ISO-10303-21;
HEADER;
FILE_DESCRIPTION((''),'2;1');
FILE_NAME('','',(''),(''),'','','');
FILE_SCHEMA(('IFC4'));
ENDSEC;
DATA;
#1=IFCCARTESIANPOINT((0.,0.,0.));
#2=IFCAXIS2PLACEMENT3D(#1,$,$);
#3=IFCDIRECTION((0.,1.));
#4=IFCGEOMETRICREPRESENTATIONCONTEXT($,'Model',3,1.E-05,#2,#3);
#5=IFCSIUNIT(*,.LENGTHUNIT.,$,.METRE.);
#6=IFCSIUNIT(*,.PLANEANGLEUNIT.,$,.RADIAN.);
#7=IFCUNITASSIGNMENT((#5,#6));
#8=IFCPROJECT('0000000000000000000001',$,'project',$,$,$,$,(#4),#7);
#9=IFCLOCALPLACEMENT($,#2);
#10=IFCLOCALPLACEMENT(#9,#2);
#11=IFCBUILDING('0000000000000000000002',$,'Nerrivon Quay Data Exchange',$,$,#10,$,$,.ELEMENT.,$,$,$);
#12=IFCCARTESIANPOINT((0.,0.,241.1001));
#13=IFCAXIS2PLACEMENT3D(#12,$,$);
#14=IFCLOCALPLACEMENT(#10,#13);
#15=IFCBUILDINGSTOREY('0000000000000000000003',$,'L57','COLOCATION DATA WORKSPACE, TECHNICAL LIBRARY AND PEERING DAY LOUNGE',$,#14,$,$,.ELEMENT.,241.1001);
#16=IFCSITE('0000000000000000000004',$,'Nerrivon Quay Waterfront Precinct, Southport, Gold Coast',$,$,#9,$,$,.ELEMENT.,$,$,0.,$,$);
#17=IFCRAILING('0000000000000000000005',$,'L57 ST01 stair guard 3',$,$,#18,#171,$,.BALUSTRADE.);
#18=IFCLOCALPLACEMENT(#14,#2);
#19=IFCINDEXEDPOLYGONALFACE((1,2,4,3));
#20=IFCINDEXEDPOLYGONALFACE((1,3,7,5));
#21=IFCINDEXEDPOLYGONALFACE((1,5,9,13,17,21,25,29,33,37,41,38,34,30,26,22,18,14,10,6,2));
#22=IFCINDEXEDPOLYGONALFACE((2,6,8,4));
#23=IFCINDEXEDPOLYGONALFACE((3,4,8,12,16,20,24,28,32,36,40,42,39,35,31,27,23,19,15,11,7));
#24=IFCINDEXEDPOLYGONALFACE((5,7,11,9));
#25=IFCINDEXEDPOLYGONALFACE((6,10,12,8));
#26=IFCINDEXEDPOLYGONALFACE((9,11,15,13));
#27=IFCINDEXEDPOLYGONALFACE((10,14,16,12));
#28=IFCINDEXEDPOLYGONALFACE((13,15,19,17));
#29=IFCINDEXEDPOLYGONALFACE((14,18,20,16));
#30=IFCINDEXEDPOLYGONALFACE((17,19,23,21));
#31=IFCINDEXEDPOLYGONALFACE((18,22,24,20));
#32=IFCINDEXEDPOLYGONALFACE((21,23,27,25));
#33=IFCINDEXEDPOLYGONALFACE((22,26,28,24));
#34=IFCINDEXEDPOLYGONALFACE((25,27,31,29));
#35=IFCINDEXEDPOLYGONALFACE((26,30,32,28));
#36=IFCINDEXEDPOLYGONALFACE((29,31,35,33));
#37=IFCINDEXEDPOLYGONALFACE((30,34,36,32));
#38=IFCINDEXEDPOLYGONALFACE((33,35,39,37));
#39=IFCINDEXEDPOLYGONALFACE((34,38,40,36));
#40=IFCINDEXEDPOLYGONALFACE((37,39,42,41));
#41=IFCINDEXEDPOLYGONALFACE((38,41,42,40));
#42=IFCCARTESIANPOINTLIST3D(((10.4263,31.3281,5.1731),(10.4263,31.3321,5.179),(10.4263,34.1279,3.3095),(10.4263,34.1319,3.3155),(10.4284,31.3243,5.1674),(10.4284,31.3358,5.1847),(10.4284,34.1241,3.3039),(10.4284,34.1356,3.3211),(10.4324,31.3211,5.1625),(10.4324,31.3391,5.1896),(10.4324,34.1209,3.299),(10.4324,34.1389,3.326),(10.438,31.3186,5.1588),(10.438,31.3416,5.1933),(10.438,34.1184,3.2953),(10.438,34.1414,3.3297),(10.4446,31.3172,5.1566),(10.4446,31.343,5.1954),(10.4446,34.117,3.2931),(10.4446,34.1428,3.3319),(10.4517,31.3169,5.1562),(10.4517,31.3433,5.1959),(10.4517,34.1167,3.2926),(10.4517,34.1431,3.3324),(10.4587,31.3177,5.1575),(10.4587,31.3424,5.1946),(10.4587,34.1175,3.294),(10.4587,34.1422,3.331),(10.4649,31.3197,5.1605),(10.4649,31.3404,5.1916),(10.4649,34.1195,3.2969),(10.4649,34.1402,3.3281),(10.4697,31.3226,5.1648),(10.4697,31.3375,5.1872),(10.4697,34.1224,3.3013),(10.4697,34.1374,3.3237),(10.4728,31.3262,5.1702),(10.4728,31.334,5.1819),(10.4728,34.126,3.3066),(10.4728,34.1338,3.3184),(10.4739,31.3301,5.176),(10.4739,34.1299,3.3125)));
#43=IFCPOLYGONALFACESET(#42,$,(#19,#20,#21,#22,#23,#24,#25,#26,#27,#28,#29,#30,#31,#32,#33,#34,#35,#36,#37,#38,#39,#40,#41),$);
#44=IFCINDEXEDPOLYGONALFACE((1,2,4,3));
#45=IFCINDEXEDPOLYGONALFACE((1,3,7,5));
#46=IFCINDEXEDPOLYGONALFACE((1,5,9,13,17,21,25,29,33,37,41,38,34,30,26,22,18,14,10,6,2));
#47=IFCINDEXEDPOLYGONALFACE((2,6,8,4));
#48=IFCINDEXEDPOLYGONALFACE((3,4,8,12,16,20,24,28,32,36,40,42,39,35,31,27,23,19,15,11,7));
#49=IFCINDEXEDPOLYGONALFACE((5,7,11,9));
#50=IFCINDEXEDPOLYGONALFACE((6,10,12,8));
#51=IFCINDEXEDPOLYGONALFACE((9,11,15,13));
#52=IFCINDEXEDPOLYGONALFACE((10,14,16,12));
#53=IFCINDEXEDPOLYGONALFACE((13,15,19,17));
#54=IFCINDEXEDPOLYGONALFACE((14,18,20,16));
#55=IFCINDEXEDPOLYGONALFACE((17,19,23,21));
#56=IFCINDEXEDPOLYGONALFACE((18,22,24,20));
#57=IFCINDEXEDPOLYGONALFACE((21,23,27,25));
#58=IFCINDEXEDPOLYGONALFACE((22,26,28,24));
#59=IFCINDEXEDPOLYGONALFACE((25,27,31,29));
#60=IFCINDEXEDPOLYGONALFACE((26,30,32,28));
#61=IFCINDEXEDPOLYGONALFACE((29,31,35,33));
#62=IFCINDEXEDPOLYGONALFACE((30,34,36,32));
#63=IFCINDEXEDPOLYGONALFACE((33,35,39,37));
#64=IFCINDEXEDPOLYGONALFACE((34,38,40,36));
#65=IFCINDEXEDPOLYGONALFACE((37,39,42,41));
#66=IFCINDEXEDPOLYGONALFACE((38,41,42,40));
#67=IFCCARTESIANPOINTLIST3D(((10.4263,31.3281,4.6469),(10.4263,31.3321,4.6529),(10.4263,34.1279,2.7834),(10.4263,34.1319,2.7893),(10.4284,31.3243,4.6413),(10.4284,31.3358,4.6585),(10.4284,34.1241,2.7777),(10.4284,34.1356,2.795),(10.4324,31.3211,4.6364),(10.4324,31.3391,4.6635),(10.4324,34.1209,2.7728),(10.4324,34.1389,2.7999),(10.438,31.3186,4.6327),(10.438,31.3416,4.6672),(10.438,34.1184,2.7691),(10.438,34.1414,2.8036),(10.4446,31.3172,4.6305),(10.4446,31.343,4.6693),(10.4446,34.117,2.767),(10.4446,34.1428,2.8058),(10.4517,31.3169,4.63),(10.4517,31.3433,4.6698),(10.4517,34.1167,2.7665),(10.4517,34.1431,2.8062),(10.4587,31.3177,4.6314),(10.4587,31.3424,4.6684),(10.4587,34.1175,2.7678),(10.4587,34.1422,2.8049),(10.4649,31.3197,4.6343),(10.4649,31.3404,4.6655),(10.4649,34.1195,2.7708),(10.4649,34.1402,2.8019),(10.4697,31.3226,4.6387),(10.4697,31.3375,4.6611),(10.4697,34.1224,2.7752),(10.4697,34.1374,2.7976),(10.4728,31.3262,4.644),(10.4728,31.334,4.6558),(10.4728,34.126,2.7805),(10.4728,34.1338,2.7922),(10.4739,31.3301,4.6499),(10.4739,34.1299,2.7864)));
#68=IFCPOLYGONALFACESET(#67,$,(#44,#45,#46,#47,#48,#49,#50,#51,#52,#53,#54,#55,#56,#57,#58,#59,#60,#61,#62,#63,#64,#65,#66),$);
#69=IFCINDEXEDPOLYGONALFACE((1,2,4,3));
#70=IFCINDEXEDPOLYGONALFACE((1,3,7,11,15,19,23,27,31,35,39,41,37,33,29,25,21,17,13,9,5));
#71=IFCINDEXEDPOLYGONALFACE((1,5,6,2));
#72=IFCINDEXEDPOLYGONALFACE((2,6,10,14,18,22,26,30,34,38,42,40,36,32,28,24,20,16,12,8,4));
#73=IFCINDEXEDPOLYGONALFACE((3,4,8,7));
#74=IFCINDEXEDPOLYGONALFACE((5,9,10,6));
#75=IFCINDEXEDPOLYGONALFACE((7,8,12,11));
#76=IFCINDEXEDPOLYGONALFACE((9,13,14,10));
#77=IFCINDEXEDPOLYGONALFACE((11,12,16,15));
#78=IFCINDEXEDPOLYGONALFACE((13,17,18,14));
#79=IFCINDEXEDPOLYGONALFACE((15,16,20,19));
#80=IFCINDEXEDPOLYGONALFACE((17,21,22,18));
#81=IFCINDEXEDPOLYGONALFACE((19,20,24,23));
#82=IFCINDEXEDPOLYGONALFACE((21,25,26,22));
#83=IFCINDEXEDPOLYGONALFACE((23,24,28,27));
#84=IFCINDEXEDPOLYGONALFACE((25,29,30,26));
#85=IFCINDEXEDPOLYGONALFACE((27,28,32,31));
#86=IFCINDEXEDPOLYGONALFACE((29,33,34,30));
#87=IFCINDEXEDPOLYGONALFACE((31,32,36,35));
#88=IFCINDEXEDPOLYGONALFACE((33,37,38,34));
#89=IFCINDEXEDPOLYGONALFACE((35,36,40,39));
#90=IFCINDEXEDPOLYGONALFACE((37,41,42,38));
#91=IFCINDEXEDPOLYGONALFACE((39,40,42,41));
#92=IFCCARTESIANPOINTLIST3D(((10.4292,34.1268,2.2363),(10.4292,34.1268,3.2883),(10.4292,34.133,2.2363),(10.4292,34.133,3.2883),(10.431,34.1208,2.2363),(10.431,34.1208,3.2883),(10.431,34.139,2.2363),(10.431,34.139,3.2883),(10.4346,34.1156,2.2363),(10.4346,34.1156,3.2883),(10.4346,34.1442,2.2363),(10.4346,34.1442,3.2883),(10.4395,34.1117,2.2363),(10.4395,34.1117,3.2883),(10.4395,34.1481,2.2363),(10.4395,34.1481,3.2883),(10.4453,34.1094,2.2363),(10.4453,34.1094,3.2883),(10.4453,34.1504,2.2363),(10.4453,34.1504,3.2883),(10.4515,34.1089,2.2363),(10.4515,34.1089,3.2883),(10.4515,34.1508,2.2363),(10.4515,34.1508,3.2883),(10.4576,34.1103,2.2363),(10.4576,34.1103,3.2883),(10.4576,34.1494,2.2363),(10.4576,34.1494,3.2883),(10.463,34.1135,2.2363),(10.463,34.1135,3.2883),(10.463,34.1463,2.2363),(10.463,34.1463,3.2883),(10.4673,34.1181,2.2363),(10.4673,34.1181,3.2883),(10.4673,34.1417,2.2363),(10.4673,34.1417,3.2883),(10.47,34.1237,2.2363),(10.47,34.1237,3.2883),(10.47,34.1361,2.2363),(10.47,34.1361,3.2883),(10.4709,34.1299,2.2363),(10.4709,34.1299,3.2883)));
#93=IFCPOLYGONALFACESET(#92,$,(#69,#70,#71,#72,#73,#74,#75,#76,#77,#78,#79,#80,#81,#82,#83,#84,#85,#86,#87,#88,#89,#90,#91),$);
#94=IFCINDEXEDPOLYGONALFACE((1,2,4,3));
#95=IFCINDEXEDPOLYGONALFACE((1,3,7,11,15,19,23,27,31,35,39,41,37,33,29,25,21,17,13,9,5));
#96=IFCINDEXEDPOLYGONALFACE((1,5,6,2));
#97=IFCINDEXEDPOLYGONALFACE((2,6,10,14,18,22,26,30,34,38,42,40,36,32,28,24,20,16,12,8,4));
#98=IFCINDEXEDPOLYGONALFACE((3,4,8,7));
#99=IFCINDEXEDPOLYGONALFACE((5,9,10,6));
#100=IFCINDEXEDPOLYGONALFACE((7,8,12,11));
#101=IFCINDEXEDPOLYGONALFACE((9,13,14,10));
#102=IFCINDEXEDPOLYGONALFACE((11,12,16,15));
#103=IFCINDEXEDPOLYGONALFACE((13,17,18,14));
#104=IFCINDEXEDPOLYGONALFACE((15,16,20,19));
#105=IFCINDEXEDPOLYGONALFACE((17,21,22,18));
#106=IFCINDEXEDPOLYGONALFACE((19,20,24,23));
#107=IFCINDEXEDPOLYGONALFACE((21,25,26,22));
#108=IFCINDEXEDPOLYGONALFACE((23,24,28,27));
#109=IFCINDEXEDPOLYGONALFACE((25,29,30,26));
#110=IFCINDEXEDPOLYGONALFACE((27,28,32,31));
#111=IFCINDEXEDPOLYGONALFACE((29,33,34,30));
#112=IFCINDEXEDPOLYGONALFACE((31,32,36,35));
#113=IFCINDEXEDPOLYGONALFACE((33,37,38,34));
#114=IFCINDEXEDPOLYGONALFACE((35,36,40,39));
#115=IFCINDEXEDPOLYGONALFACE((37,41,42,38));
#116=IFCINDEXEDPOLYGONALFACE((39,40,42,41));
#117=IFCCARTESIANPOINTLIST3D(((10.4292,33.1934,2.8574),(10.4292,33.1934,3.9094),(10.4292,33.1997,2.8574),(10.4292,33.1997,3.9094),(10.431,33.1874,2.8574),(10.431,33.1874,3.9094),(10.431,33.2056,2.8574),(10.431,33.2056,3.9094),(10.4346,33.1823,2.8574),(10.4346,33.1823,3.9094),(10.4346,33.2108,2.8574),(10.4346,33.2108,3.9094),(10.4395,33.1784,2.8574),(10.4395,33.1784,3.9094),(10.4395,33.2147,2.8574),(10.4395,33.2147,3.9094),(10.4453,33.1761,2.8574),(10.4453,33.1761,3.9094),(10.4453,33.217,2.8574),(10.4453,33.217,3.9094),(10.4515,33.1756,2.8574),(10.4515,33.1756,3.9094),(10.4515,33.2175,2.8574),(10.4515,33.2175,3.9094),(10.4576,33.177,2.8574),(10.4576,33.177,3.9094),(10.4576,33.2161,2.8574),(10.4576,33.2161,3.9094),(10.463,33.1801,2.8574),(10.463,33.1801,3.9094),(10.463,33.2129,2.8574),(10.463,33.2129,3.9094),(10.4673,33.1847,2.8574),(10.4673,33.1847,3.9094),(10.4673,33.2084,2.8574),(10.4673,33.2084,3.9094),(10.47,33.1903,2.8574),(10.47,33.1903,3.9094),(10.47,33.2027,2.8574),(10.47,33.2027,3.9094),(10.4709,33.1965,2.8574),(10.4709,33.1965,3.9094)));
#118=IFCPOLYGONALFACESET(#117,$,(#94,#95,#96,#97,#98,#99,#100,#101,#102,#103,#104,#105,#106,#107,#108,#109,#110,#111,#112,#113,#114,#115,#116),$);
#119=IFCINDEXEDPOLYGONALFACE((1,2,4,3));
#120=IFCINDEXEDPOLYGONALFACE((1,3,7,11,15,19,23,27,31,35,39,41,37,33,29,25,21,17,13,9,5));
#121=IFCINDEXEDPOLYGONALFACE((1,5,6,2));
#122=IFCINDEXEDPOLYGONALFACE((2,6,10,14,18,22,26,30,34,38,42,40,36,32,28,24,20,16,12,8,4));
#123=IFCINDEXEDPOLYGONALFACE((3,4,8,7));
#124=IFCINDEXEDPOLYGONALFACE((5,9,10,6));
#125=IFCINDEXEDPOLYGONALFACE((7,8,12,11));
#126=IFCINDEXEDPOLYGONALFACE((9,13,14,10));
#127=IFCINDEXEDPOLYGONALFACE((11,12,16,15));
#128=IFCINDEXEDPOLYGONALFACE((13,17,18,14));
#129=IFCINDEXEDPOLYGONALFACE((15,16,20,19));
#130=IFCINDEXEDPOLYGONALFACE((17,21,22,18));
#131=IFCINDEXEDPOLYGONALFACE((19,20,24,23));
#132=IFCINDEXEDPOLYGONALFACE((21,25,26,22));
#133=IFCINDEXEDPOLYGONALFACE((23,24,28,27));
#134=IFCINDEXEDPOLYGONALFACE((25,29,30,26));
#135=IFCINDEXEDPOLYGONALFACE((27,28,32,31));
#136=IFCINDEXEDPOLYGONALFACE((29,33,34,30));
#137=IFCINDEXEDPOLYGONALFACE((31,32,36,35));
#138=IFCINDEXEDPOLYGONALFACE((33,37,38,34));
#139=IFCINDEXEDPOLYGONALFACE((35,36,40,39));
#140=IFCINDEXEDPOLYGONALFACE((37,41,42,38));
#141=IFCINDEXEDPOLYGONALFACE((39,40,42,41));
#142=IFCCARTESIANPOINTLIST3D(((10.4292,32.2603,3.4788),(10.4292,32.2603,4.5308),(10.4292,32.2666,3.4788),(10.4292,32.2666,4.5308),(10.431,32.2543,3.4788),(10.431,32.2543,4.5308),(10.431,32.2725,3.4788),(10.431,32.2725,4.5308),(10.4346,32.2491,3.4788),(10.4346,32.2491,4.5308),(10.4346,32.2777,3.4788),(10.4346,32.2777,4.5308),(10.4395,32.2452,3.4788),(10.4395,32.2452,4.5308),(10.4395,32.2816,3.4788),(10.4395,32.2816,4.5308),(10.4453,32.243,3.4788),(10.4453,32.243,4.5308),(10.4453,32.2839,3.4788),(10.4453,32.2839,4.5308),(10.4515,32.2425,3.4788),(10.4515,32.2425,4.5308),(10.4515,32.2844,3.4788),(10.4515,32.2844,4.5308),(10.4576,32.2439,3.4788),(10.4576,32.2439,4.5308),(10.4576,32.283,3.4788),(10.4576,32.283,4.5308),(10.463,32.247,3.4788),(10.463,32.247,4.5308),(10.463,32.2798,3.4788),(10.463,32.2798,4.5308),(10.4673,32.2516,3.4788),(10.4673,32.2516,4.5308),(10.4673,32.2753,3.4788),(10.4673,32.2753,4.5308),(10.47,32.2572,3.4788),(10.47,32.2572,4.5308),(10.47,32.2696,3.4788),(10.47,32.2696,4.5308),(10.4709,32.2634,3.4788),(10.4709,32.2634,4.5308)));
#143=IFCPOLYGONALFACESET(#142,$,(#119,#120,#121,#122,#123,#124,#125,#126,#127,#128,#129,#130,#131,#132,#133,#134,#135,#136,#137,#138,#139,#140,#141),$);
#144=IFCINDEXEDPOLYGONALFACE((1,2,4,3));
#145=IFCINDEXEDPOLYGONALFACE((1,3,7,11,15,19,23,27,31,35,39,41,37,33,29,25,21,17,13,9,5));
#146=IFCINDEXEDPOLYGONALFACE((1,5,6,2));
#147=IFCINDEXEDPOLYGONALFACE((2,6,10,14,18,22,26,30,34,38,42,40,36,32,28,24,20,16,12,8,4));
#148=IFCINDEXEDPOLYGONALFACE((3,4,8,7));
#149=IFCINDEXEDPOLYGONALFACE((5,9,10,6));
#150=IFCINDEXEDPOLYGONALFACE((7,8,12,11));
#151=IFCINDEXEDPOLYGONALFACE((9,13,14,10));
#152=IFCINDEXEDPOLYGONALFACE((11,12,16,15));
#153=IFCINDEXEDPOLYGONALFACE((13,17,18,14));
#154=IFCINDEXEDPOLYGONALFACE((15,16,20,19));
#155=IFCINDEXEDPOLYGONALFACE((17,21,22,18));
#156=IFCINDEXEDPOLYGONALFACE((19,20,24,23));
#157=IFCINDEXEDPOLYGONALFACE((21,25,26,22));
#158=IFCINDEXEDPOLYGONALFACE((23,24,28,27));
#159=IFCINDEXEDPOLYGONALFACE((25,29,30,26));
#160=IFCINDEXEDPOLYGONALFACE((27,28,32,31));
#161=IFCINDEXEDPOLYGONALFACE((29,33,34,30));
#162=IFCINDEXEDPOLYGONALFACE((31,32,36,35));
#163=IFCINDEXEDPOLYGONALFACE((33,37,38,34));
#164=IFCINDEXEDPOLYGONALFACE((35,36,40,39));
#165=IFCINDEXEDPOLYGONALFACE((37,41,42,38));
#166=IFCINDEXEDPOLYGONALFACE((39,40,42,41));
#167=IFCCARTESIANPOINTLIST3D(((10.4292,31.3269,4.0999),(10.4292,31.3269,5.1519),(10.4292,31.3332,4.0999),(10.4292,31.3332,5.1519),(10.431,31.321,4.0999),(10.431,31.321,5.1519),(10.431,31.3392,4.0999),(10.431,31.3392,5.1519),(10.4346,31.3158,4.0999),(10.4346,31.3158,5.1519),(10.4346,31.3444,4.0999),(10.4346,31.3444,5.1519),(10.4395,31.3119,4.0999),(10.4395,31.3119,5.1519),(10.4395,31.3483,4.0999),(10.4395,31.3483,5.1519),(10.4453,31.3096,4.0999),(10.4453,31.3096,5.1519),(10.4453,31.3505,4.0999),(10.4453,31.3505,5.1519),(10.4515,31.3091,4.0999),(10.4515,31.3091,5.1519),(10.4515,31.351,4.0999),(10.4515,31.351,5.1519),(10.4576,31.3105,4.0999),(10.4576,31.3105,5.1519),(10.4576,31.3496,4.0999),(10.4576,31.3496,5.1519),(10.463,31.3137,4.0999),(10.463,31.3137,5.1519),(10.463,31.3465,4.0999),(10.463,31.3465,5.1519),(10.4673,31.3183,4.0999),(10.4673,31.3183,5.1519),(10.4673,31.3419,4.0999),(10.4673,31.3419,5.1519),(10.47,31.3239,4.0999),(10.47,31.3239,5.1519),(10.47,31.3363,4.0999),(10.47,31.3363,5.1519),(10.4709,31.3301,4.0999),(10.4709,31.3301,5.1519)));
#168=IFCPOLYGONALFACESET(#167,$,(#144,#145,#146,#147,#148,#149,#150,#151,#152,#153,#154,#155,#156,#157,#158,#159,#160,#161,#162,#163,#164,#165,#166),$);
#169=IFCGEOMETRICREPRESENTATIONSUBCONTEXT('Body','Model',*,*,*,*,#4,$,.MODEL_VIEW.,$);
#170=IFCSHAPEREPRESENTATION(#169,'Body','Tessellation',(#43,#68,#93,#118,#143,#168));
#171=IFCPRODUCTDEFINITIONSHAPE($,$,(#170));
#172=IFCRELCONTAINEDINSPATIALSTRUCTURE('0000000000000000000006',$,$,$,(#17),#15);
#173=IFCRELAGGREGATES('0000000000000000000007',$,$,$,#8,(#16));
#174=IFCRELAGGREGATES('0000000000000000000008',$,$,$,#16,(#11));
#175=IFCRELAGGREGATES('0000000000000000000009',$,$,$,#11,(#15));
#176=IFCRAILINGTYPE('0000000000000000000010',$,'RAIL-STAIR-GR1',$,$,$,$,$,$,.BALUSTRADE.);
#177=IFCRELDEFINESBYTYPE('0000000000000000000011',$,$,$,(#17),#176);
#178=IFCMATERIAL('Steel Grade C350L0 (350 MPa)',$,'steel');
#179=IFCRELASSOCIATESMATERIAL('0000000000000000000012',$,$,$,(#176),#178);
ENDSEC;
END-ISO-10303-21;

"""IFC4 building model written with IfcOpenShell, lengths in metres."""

from ifc_helpers import new_model, si_unit, direction, frame, origin, origin_2d, place, context, subcontext, project, spatial, circle, extrude, material, type_object, element, save


model = new_model("IFC4")

# Units and contexts
model_context = context("Model", 3, precision=1e-05, world=origin(), true_north=direction((0.0, 1.0)))
body_context = subcontext(model_context, "Body", "Model", "MODEL_VIEW")
ifc_project = project(units=[si_unit("LENGTHUNIT", "METRE"), si_unit("PLANEANGLEUNIT", "RADIAN")], contexts=[model_context])

# Site, building, storey
site_placement = place(None, origin())
site = spatial("IfcSite", under=ifc_project, at=site_placement, Name="Nerrivon Quay Waterfront Precinct, Southport, Gold Coast", CompositionType="ELEMENT", RefElevation=0.0)
building_placement = place(site_placement, origin())
building = spatial("IfcBuilding", under=site, at=building_placement, Name="Nerrivon Quay Data Exchange", CompositionType="ELEMENT")
storey_placement = place(building_placement, frame((0.0, 0.0, 241.1001)))
storey = spatial("IfcBuildingStorey", under=building, at=storey_placement, Name="L57", Description="COLOCATION DATA WORKSPACE, TECHNICAL LIBRARY AND PEERING DAY LOUNGE", CompositionType="ELEMENT", Elevation=241.1001)

# Shared definitions
ifc_material_1 = material(Name="Steel Grade C350L0 (350 MPa)", Category="steel")

# Railing
railing_type_1 = type_object("IfcRailingType", Name="RAIL-STAIR-GR1", PredefinedType="BALUSTRADE", material=ifc_material_1)
railing_1_placement = place(storey_placement, frame((10.45, 34.1299, 2.2363)))
element("IfcRailing", 1, at=railing_1_placement, inside=storey, type_object=railing_type_1, Name="L57 ST01 stair guard 3", PredefinedType="BALUSTRADE", context=body_context, shape_type="SweptSolid", body=[
    extrude(circle(Radius=0.0239, at=origin_2d()), frame((0.0, 0.0, 1.0762), z_axis=(0.0, -0.832463, 0.55408), x_axis=(1.0, 0.0, 0.0)), (0.0, 0.0, 1.0), 3.3633),
    extrude(circle(Radius=0.0239, at=origin_2d()), frame((0.0, 0.0, 0.55), z_axis=(0.0, -0.832463, 0.55408), x_axis=(1.0, 0.0, 0.0)), (0.0, 0.0, 1.0), 3.3633),
    extrude(circle(Radius=0.021, at=origin_2d()), origin(), (0.0, 0.0, 1.0), 1.052),
    extrude(circle(Radius=0.021, at=origin_2d()), frame((0.0, -0.9333, 0.6211)), (0.0, 0.0, 1.0), 1.052),
    extrude(circle(Radius=0.021, at=origin_2d()), frame((0.0, -1.8665, 1.2424)), (0.0, 0.0, 1.0), 1.052),
    extrude(circle(Radius=0.021, at=origin_2d()), frame((0.0, -2.7998, 1.8635)), (0.0, 0.0, 1.0), 1.052),
])

save(model, "model.ifc")
